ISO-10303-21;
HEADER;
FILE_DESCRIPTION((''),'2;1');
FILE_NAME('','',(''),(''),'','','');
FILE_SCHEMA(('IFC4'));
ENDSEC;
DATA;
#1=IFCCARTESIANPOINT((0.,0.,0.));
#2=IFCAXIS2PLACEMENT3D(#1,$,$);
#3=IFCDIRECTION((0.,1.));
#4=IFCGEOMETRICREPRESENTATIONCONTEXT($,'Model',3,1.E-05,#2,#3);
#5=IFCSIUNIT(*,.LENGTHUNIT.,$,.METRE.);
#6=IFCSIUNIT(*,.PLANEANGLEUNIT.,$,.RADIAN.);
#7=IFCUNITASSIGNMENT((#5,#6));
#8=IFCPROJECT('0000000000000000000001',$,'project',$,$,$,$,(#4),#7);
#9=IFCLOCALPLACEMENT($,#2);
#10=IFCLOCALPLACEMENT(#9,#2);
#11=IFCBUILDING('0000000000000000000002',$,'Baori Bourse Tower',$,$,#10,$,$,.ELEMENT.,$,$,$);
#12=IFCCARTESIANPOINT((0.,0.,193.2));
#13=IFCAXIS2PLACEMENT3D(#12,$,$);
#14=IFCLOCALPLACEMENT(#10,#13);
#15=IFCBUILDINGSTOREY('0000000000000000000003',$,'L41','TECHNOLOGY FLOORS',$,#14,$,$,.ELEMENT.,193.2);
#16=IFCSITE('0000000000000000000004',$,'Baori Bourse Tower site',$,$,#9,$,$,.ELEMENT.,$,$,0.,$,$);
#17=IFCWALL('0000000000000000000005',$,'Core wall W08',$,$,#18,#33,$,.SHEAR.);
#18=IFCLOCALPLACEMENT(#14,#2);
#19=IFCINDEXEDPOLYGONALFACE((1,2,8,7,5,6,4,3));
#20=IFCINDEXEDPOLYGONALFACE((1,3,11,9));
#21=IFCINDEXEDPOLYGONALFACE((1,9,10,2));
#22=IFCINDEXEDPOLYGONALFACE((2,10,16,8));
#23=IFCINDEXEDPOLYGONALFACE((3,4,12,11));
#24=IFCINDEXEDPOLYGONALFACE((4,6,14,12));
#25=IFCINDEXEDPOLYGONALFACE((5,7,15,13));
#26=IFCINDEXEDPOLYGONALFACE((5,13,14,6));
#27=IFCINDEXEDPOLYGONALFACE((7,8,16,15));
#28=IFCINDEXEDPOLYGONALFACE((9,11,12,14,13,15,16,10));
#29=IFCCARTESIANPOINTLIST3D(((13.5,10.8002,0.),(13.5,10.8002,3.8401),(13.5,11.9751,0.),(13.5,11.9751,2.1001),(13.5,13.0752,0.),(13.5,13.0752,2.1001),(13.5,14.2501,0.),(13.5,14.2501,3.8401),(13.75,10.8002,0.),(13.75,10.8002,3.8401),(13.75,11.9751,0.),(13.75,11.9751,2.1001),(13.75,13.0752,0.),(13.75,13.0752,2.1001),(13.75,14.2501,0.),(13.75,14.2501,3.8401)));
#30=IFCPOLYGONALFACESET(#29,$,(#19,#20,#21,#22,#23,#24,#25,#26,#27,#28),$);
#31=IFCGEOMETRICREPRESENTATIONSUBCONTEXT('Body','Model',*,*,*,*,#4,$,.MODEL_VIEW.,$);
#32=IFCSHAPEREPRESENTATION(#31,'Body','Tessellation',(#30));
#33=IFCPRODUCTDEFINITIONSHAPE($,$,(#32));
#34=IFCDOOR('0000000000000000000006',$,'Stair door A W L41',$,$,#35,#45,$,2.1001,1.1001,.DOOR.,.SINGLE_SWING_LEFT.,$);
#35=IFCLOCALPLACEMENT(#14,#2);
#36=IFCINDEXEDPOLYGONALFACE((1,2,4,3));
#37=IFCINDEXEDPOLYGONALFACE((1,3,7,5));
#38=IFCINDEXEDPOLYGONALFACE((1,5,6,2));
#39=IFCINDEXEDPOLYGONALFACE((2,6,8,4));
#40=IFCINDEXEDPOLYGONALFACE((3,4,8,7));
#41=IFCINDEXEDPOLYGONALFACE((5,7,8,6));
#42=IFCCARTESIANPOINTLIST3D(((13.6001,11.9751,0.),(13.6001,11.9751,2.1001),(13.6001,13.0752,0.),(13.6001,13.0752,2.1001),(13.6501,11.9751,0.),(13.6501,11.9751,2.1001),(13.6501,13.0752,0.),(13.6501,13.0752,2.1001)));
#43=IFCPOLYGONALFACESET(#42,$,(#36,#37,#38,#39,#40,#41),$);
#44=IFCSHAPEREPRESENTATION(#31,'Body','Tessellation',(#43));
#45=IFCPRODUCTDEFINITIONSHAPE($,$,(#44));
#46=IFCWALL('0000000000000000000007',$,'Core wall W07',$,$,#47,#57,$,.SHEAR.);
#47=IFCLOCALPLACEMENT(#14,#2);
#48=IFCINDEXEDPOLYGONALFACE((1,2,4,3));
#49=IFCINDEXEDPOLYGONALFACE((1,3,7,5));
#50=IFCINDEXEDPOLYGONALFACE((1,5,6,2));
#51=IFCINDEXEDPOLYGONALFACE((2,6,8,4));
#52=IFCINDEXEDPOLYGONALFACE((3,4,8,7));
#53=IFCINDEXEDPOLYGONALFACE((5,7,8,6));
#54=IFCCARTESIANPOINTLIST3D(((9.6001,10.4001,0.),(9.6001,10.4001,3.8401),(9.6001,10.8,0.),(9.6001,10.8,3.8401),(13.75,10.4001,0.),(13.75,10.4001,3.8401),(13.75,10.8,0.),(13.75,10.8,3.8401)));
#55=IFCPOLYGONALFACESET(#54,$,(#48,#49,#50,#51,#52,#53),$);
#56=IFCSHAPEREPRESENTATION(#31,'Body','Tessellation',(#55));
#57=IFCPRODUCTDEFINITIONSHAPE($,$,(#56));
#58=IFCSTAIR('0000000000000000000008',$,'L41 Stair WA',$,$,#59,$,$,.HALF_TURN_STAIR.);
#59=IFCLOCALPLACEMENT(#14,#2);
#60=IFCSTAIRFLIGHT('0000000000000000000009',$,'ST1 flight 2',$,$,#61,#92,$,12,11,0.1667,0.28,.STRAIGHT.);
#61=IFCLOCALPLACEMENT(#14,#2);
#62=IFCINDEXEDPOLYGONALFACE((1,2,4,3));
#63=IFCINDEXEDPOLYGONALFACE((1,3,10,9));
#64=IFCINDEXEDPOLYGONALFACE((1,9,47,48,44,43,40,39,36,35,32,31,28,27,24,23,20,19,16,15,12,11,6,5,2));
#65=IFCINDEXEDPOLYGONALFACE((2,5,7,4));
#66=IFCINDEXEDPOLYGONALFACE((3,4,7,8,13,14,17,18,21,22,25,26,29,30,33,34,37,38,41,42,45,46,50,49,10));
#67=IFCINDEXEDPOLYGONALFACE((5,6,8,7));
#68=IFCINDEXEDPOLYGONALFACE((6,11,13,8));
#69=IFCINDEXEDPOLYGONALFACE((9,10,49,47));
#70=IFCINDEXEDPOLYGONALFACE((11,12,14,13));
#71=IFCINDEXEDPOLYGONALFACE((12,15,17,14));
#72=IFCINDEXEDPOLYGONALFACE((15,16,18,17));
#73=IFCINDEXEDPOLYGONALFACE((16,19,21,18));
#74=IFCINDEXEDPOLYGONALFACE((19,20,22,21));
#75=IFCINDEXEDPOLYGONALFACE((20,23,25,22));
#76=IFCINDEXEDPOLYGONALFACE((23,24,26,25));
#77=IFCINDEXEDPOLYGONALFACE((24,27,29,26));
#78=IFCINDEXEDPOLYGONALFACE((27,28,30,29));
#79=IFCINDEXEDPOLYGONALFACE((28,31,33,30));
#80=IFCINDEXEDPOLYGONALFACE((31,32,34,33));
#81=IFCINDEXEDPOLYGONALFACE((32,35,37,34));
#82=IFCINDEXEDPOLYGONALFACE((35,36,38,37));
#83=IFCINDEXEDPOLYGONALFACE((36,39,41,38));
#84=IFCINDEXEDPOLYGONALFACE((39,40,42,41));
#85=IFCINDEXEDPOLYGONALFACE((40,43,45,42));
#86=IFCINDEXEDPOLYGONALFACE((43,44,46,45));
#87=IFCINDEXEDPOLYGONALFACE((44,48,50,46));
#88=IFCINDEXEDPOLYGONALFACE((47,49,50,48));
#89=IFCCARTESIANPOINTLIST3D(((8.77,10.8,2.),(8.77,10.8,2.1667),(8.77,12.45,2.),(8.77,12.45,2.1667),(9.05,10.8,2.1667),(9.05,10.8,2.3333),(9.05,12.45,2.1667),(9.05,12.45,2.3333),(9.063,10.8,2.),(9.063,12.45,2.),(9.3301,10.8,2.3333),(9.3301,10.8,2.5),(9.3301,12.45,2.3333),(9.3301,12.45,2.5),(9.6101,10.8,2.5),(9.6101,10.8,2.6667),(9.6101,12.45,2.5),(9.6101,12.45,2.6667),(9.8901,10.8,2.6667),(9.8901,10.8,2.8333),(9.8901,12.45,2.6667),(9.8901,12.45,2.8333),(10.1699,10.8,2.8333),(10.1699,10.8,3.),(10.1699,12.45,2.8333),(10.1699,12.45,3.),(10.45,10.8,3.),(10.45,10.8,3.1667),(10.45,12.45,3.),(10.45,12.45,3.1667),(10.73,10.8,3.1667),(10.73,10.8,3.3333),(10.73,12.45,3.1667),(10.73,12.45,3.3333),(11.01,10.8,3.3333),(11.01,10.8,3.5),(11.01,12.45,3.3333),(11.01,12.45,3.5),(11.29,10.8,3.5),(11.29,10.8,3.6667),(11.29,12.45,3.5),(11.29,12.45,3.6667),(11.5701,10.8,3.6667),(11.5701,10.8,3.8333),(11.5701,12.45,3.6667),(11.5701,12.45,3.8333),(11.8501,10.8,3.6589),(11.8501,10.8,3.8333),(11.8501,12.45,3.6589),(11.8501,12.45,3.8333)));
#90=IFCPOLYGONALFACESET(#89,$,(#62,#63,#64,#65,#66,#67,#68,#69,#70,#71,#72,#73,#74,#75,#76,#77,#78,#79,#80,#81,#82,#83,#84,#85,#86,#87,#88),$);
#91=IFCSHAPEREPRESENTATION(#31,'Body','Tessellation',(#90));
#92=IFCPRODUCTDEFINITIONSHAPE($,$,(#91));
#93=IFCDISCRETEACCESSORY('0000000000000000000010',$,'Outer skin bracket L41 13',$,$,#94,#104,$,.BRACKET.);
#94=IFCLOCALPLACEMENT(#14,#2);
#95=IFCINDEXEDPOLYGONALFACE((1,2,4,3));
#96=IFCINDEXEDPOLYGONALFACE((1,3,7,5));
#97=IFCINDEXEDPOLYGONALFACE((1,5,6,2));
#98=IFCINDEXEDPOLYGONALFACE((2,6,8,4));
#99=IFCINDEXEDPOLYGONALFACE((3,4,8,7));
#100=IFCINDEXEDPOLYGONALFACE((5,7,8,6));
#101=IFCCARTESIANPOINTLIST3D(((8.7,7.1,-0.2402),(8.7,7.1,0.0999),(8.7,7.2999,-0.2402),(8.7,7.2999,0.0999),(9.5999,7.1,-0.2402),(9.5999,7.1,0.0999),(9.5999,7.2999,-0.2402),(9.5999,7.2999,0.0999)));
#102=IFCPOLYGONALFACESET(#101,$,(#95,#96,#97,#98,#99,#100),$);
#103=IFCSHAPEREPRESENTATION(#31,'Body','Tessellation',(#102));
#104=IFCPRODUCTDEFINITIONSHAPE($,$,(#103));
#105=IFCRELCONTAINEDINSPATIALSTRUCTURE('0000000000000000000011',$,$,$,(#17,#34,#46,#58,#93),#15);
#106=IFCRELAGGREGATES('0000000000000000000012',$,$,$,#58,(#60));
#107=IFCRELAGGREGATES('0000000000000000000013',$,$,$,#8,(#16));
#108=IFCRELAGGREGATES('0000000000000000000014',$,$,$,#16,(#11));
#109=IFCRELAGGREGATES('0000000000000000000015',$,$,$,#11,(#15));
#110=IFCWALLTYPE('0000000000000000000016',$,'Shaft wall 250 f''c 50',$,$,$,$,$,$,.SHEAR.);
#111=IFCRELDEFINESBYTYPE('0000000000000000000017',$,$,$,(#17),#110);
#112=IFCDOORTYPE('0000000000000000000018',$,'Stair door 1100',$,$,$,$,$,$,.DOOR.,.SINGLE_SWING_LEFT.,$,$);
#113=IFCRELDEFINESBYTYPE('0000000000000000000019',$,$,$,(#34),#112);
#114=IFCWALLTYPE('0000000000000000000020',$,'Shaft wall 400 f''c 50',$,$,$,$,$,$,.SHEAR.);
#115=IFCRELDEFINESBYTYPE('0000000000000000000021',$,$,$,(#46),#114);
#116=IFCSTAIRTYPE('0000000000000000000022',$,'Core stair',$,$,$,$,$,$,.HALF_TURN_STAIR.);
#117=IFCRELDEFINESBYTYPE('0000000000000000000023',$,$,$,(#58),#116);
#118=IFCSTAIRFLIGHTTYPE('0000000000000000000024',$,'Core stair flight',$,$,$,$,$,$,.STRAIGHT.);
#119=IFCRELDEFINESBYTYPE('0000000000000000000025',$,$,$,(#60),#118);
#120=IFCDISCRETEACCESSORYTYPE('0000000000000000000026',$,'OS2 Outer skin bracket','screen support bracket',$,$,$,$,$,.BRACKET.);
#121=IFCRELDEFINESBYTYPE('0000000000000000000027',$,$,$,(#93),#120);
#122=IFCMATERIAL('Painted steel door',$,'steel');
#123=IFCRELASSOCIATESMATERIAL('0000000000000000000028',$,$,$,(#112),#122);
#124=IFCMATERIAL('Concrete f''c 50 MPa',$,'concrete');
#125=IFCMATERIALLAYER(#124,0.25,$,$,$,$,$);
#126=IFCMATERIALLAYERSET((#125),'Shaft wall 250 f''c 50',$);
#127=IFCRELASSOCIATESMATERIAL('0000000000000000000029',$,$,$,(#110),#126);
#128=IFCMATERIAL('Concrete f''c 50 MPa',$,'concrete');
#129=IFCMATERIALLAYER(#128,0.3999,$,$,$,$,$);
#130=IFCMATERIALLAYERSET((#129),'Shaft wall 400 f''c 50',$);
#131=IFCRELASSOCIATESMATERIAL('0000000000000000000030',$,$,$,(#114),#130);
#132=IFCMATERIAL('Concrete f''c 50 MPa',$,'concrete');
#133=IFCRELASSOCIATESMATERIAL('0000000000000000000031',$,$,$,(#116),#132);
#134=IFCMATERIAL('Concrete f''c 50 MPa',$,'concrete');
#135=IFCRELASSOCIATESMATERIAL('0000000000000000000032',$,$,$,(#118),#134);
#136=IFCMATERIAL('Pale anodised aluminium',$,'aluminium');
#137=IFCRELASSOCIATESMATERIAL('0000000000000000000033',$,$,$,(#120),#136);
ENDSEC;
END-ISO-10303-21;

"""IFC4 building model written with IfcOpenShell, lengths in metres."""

from ifc_helpers import new_model, si_unit, direction, frame, frame_2d, origin, origin_2d, place, context, subcontext, project, spatial, polyline, rectangle, outline, extrude, material, layer, layer_set, type_object, element, fill, aggregate, save


model = new_model("IFC4")

# Units and contexts
model_context = context("Model", 3, precision=1e-05, world=origin(), true_north=direction((0.0, 1.0)))
body_context = subcontext(model_context, "Body", "Model", "MODEL_VIEW")
ifc_project = project(units=[si_unit("LENGTHUNIT", "METRE"), si_unit("PLANEANGLEUNIT", "RADIAN")], contexts=[model_context])

# Site, building, storey
site_placement = place(None, origin())
site = spatial("IfcSite", under=ifc_project, at=site_placement, Name="Baori Bourse Tower site", CompositionType="ELEMENT", RefElevation=0.0)
building_placement = place(site_placement, origin())
building = spatial("IfcBuilding", under=site, at=building_placement, Name="Baori Bourse Tower", CompositionType="ELEMENT")
storey_placement = place(building_placement, frame((0.0, 0.0, 193.2)))
storey = spatial("IfcBuildingStorey", under=building, at=storey_placement, Name="L41", Description="TECHNOLOGY FLOORS", CompositionType="ELEMENT", Elevation=193.2)

# Shared definitions
ifc_material_1 = material(Name="Painted steel door", Category="steel")
door_type_1 = type_object("IfcDoorType", Name="Stair door 1100", OperationType="SINGLE_SWING_LEFT", PredefinedType="DOOR", material=ifc_material_1)

# Wall, opening, door
ifc_material_2 = material(Name="Concrete f'c 50 MPa", Category="concrete")
ifc_layer_1 = layer(ifc_material_2, 0.25)
ifc_layer_set_1 = layer_set([ifc_layer_1], Name="Shaft wall 250 f'c 50")
wall_type_1 = type_object("IfcWallType", Name="Shaft wall 250 f'c 50", PredefinedType="SHEAR", material=ifc_layer_set_1)
wall_1_placement = place(storey_placement, frame((13.625, 10.8, 0.0), z_axis=(0.0, 0.0, 1.0), x_axis=(0.0, 1.0, 0.0)))
wall_1 = element("IfcWall", 1, at=wall_1_placement, inside=storey, type_object=wall_type_1, Name="Core wall W08", PredefinedType="SHEAR", context=body_context, shape_type="SweptSolid", body=[
    extrude(rectangle(XDim=3.45, YDim=0.25, at=frame_2d((1.7251, 0.0))), origin(), (0.0, 0.0, 1.0), 3.8401),
])
opening_1_placement = place(wall_1_placement, frame((1.175, 0.0, 0.0)))
opening_1 = element("IfcOpeningElement", 2, at=opening_1_placement, cuts=wall_1, PredefinedType="OPENING", context=body_context, shape_type="SweptSolid", body=[
    extrude(rectangle(XDim=1.1001, YDim=2.1001, at=frame_2d((0.55, 1.05))), frame((0.0, 0.135, 0.0), z_axis=(0.0, -1.0, 0.0), x_axis=(1.0, 0.0, 0.0)), (0.0, 0.0, 1.0), 0.27),
])
door_1_placement = place(opening_1_placement, origin())
door_1 = element("IfcDoor", 3, at=door_1_placement, inside=storey, type_object=door_type_1, Name="Stair door A W L41", OperationType="SINGLE_SWING_LEFT", OverallHeight=2.1001, OverallWidth=1.1001, PredefinedType="DOOR", context=body_context, shape_type="SweptSolid", body=[
    extrude(rectangle(XDim=1.1001, YDim=2.1001, at=frame_2d((0.55, 1.05))), frame((0.0, 0.0249, 0.0), z_axis=(0.0, -1.0, 0.0), x_axis=(1.0, 0.0, 0.0)), (0.0, 0.0, 1.0), 0.05),
])
fill(opening_1, door_1)

# Wall
ifc_material_3 = material(Name="Concrete f'c 50 MPa", Category="concrete")
ifc_layer_2 = layer(ifc_material_3, 0.3999)
ifc_layer_set_2 = layer_set([ifc_layer_2], Name="Shaft wall 400 f'c 50")
wall_type_2 = type_object("IfcWallType", Name="Shaft wall 400 f'c 50", PredefinedType="SHEAR", material=ifc_layer_set_2)
wall_2_placement = place(storey_placement, frame((9.6001, 10.6001, 0.0), z_axis=(0.0, 0.0, 1.0), x_axis=(1.0, 0.0, 0.0)))
element("IfcWall", 4, at=wall_2_placement, inside=storey, type_object=wall_type_2, Name="Core wall W07", PredefinedType="SHEAR", context=body_context, shape_type="SweptSolid", body=[
    extrude(rectangle(XDim=4.1499, YDim=0.3999, at=frame_2d((2.075, 0.0))), origin(), (0.0, 0.0, 1.0), 3.8401),
])

# Stair, stair flight
ifc_material_4 = material(Name="Concrete f'c 50 MPa", Category="concrete")
stair_type = type_object("IfcStairType", Name="Core stair", PredefinedType="HALF_TURN_STAIR", material=ifc_material_4)
stair_placement = place(storey_placement, origin())
stair = element("IfcStair", 5, at=stair_placement, inside=storey, type_object=stair_type, Name="L41 Stair WA", PredefinedType="HALF_TURN_STAIR")
ifc_material_5 = material(Name="Concrete f'c 50 MPa", Category="concrete")
stair_flight_type = type_object("IfcStairFlightType", Name="Core stair flight", PredefinedType="STRAIGHT", material=ifc_material_5)
stair_flight_placement = place(storey_placement, frame((8.77, 11.625, 2.0), z_axis=(0.0, 0.0, 1.0), x_axis=(1.0, 0.0, 0.0)))
stair_flight = element("IfcStairFlight", 6, at=stair_flight_placement, type_object=stair_flight_type, Name="ST1 flight 2", NumberOfRisers=12, NumberOfTreads=11, PredefinedType="STRAIGHT", RiserHeight=0.1667, TreadLength=0.28, context=body_context, shape_type="SweptSolid", body=[
    extrude(outline(polyline([(0.0, 0.0), (0.0, 0.1667), (0.28, 0.1667), (0.28, 0.3333), (0.5601, 0.3333), (0.5601, 0.5), (0.8401, 0.5), (0.8401, 0.6667), (1.1201, 0.6667), (1.1201, 0.8333), (1.3999, 0.8333), (1.3999, 1.0), (1.6799, 1.0), (1.6799, 1.1667), (1.96, 1.1667), (1.96, 1.3333), (2.24, 1.3333), (2.24, 1.5), (2.52, 1.5), (2.52, 1.6667), (2.8, 1.6667), (2.8, 1.8333), (3.0801, 1.8333), (3.0801, 2.0), (3.0801, 1.6589), (0.293, 0.0), (0.0, 0.0)])), frame((0.0, 0.825, 0.0), z_axis=(0.0, -1.0, 0.0), x_axis=(1.0, 0.0, 0.0)), (0.0, 0.0, 1.0), 1.6499),
])
aggregate(stair, [stair_flight])

# Discrete accessory
ifc_material_6 = material(Name="Pale anodised aluminium", Category="aluminium")
discrete_accessory_type = type_object("IfcDiscreteAccessoryType", Name="OS2 Outer skin bracket", Description="screen support bracket", PredefinedType="BRACKET", material=ifc_material_6)
discrete_accessory_placement = place(storey_placement, frame((9.1499, 7.2, -0.2402), z_axis=(0.0, 0.0, 1.0), x_axis=(0.0, -1.0, 0.0)))
element("IfcDiscreteAccessory", 7, at=discrete_accessory_placement, inside=storey, type_object=discrete_accessory_type, Name="Outer skin bracket L41 13", PredefinedType="BRACKET", context=body_context, shape_type="SweptSolid", body=[
    extrude(rectangle(XDim=0.2, YDim=0.8999, at=origin_2d()), origin(), (0.0, 0.0, 1.0), 0.3401),
])

save(model, "model.ifc")
